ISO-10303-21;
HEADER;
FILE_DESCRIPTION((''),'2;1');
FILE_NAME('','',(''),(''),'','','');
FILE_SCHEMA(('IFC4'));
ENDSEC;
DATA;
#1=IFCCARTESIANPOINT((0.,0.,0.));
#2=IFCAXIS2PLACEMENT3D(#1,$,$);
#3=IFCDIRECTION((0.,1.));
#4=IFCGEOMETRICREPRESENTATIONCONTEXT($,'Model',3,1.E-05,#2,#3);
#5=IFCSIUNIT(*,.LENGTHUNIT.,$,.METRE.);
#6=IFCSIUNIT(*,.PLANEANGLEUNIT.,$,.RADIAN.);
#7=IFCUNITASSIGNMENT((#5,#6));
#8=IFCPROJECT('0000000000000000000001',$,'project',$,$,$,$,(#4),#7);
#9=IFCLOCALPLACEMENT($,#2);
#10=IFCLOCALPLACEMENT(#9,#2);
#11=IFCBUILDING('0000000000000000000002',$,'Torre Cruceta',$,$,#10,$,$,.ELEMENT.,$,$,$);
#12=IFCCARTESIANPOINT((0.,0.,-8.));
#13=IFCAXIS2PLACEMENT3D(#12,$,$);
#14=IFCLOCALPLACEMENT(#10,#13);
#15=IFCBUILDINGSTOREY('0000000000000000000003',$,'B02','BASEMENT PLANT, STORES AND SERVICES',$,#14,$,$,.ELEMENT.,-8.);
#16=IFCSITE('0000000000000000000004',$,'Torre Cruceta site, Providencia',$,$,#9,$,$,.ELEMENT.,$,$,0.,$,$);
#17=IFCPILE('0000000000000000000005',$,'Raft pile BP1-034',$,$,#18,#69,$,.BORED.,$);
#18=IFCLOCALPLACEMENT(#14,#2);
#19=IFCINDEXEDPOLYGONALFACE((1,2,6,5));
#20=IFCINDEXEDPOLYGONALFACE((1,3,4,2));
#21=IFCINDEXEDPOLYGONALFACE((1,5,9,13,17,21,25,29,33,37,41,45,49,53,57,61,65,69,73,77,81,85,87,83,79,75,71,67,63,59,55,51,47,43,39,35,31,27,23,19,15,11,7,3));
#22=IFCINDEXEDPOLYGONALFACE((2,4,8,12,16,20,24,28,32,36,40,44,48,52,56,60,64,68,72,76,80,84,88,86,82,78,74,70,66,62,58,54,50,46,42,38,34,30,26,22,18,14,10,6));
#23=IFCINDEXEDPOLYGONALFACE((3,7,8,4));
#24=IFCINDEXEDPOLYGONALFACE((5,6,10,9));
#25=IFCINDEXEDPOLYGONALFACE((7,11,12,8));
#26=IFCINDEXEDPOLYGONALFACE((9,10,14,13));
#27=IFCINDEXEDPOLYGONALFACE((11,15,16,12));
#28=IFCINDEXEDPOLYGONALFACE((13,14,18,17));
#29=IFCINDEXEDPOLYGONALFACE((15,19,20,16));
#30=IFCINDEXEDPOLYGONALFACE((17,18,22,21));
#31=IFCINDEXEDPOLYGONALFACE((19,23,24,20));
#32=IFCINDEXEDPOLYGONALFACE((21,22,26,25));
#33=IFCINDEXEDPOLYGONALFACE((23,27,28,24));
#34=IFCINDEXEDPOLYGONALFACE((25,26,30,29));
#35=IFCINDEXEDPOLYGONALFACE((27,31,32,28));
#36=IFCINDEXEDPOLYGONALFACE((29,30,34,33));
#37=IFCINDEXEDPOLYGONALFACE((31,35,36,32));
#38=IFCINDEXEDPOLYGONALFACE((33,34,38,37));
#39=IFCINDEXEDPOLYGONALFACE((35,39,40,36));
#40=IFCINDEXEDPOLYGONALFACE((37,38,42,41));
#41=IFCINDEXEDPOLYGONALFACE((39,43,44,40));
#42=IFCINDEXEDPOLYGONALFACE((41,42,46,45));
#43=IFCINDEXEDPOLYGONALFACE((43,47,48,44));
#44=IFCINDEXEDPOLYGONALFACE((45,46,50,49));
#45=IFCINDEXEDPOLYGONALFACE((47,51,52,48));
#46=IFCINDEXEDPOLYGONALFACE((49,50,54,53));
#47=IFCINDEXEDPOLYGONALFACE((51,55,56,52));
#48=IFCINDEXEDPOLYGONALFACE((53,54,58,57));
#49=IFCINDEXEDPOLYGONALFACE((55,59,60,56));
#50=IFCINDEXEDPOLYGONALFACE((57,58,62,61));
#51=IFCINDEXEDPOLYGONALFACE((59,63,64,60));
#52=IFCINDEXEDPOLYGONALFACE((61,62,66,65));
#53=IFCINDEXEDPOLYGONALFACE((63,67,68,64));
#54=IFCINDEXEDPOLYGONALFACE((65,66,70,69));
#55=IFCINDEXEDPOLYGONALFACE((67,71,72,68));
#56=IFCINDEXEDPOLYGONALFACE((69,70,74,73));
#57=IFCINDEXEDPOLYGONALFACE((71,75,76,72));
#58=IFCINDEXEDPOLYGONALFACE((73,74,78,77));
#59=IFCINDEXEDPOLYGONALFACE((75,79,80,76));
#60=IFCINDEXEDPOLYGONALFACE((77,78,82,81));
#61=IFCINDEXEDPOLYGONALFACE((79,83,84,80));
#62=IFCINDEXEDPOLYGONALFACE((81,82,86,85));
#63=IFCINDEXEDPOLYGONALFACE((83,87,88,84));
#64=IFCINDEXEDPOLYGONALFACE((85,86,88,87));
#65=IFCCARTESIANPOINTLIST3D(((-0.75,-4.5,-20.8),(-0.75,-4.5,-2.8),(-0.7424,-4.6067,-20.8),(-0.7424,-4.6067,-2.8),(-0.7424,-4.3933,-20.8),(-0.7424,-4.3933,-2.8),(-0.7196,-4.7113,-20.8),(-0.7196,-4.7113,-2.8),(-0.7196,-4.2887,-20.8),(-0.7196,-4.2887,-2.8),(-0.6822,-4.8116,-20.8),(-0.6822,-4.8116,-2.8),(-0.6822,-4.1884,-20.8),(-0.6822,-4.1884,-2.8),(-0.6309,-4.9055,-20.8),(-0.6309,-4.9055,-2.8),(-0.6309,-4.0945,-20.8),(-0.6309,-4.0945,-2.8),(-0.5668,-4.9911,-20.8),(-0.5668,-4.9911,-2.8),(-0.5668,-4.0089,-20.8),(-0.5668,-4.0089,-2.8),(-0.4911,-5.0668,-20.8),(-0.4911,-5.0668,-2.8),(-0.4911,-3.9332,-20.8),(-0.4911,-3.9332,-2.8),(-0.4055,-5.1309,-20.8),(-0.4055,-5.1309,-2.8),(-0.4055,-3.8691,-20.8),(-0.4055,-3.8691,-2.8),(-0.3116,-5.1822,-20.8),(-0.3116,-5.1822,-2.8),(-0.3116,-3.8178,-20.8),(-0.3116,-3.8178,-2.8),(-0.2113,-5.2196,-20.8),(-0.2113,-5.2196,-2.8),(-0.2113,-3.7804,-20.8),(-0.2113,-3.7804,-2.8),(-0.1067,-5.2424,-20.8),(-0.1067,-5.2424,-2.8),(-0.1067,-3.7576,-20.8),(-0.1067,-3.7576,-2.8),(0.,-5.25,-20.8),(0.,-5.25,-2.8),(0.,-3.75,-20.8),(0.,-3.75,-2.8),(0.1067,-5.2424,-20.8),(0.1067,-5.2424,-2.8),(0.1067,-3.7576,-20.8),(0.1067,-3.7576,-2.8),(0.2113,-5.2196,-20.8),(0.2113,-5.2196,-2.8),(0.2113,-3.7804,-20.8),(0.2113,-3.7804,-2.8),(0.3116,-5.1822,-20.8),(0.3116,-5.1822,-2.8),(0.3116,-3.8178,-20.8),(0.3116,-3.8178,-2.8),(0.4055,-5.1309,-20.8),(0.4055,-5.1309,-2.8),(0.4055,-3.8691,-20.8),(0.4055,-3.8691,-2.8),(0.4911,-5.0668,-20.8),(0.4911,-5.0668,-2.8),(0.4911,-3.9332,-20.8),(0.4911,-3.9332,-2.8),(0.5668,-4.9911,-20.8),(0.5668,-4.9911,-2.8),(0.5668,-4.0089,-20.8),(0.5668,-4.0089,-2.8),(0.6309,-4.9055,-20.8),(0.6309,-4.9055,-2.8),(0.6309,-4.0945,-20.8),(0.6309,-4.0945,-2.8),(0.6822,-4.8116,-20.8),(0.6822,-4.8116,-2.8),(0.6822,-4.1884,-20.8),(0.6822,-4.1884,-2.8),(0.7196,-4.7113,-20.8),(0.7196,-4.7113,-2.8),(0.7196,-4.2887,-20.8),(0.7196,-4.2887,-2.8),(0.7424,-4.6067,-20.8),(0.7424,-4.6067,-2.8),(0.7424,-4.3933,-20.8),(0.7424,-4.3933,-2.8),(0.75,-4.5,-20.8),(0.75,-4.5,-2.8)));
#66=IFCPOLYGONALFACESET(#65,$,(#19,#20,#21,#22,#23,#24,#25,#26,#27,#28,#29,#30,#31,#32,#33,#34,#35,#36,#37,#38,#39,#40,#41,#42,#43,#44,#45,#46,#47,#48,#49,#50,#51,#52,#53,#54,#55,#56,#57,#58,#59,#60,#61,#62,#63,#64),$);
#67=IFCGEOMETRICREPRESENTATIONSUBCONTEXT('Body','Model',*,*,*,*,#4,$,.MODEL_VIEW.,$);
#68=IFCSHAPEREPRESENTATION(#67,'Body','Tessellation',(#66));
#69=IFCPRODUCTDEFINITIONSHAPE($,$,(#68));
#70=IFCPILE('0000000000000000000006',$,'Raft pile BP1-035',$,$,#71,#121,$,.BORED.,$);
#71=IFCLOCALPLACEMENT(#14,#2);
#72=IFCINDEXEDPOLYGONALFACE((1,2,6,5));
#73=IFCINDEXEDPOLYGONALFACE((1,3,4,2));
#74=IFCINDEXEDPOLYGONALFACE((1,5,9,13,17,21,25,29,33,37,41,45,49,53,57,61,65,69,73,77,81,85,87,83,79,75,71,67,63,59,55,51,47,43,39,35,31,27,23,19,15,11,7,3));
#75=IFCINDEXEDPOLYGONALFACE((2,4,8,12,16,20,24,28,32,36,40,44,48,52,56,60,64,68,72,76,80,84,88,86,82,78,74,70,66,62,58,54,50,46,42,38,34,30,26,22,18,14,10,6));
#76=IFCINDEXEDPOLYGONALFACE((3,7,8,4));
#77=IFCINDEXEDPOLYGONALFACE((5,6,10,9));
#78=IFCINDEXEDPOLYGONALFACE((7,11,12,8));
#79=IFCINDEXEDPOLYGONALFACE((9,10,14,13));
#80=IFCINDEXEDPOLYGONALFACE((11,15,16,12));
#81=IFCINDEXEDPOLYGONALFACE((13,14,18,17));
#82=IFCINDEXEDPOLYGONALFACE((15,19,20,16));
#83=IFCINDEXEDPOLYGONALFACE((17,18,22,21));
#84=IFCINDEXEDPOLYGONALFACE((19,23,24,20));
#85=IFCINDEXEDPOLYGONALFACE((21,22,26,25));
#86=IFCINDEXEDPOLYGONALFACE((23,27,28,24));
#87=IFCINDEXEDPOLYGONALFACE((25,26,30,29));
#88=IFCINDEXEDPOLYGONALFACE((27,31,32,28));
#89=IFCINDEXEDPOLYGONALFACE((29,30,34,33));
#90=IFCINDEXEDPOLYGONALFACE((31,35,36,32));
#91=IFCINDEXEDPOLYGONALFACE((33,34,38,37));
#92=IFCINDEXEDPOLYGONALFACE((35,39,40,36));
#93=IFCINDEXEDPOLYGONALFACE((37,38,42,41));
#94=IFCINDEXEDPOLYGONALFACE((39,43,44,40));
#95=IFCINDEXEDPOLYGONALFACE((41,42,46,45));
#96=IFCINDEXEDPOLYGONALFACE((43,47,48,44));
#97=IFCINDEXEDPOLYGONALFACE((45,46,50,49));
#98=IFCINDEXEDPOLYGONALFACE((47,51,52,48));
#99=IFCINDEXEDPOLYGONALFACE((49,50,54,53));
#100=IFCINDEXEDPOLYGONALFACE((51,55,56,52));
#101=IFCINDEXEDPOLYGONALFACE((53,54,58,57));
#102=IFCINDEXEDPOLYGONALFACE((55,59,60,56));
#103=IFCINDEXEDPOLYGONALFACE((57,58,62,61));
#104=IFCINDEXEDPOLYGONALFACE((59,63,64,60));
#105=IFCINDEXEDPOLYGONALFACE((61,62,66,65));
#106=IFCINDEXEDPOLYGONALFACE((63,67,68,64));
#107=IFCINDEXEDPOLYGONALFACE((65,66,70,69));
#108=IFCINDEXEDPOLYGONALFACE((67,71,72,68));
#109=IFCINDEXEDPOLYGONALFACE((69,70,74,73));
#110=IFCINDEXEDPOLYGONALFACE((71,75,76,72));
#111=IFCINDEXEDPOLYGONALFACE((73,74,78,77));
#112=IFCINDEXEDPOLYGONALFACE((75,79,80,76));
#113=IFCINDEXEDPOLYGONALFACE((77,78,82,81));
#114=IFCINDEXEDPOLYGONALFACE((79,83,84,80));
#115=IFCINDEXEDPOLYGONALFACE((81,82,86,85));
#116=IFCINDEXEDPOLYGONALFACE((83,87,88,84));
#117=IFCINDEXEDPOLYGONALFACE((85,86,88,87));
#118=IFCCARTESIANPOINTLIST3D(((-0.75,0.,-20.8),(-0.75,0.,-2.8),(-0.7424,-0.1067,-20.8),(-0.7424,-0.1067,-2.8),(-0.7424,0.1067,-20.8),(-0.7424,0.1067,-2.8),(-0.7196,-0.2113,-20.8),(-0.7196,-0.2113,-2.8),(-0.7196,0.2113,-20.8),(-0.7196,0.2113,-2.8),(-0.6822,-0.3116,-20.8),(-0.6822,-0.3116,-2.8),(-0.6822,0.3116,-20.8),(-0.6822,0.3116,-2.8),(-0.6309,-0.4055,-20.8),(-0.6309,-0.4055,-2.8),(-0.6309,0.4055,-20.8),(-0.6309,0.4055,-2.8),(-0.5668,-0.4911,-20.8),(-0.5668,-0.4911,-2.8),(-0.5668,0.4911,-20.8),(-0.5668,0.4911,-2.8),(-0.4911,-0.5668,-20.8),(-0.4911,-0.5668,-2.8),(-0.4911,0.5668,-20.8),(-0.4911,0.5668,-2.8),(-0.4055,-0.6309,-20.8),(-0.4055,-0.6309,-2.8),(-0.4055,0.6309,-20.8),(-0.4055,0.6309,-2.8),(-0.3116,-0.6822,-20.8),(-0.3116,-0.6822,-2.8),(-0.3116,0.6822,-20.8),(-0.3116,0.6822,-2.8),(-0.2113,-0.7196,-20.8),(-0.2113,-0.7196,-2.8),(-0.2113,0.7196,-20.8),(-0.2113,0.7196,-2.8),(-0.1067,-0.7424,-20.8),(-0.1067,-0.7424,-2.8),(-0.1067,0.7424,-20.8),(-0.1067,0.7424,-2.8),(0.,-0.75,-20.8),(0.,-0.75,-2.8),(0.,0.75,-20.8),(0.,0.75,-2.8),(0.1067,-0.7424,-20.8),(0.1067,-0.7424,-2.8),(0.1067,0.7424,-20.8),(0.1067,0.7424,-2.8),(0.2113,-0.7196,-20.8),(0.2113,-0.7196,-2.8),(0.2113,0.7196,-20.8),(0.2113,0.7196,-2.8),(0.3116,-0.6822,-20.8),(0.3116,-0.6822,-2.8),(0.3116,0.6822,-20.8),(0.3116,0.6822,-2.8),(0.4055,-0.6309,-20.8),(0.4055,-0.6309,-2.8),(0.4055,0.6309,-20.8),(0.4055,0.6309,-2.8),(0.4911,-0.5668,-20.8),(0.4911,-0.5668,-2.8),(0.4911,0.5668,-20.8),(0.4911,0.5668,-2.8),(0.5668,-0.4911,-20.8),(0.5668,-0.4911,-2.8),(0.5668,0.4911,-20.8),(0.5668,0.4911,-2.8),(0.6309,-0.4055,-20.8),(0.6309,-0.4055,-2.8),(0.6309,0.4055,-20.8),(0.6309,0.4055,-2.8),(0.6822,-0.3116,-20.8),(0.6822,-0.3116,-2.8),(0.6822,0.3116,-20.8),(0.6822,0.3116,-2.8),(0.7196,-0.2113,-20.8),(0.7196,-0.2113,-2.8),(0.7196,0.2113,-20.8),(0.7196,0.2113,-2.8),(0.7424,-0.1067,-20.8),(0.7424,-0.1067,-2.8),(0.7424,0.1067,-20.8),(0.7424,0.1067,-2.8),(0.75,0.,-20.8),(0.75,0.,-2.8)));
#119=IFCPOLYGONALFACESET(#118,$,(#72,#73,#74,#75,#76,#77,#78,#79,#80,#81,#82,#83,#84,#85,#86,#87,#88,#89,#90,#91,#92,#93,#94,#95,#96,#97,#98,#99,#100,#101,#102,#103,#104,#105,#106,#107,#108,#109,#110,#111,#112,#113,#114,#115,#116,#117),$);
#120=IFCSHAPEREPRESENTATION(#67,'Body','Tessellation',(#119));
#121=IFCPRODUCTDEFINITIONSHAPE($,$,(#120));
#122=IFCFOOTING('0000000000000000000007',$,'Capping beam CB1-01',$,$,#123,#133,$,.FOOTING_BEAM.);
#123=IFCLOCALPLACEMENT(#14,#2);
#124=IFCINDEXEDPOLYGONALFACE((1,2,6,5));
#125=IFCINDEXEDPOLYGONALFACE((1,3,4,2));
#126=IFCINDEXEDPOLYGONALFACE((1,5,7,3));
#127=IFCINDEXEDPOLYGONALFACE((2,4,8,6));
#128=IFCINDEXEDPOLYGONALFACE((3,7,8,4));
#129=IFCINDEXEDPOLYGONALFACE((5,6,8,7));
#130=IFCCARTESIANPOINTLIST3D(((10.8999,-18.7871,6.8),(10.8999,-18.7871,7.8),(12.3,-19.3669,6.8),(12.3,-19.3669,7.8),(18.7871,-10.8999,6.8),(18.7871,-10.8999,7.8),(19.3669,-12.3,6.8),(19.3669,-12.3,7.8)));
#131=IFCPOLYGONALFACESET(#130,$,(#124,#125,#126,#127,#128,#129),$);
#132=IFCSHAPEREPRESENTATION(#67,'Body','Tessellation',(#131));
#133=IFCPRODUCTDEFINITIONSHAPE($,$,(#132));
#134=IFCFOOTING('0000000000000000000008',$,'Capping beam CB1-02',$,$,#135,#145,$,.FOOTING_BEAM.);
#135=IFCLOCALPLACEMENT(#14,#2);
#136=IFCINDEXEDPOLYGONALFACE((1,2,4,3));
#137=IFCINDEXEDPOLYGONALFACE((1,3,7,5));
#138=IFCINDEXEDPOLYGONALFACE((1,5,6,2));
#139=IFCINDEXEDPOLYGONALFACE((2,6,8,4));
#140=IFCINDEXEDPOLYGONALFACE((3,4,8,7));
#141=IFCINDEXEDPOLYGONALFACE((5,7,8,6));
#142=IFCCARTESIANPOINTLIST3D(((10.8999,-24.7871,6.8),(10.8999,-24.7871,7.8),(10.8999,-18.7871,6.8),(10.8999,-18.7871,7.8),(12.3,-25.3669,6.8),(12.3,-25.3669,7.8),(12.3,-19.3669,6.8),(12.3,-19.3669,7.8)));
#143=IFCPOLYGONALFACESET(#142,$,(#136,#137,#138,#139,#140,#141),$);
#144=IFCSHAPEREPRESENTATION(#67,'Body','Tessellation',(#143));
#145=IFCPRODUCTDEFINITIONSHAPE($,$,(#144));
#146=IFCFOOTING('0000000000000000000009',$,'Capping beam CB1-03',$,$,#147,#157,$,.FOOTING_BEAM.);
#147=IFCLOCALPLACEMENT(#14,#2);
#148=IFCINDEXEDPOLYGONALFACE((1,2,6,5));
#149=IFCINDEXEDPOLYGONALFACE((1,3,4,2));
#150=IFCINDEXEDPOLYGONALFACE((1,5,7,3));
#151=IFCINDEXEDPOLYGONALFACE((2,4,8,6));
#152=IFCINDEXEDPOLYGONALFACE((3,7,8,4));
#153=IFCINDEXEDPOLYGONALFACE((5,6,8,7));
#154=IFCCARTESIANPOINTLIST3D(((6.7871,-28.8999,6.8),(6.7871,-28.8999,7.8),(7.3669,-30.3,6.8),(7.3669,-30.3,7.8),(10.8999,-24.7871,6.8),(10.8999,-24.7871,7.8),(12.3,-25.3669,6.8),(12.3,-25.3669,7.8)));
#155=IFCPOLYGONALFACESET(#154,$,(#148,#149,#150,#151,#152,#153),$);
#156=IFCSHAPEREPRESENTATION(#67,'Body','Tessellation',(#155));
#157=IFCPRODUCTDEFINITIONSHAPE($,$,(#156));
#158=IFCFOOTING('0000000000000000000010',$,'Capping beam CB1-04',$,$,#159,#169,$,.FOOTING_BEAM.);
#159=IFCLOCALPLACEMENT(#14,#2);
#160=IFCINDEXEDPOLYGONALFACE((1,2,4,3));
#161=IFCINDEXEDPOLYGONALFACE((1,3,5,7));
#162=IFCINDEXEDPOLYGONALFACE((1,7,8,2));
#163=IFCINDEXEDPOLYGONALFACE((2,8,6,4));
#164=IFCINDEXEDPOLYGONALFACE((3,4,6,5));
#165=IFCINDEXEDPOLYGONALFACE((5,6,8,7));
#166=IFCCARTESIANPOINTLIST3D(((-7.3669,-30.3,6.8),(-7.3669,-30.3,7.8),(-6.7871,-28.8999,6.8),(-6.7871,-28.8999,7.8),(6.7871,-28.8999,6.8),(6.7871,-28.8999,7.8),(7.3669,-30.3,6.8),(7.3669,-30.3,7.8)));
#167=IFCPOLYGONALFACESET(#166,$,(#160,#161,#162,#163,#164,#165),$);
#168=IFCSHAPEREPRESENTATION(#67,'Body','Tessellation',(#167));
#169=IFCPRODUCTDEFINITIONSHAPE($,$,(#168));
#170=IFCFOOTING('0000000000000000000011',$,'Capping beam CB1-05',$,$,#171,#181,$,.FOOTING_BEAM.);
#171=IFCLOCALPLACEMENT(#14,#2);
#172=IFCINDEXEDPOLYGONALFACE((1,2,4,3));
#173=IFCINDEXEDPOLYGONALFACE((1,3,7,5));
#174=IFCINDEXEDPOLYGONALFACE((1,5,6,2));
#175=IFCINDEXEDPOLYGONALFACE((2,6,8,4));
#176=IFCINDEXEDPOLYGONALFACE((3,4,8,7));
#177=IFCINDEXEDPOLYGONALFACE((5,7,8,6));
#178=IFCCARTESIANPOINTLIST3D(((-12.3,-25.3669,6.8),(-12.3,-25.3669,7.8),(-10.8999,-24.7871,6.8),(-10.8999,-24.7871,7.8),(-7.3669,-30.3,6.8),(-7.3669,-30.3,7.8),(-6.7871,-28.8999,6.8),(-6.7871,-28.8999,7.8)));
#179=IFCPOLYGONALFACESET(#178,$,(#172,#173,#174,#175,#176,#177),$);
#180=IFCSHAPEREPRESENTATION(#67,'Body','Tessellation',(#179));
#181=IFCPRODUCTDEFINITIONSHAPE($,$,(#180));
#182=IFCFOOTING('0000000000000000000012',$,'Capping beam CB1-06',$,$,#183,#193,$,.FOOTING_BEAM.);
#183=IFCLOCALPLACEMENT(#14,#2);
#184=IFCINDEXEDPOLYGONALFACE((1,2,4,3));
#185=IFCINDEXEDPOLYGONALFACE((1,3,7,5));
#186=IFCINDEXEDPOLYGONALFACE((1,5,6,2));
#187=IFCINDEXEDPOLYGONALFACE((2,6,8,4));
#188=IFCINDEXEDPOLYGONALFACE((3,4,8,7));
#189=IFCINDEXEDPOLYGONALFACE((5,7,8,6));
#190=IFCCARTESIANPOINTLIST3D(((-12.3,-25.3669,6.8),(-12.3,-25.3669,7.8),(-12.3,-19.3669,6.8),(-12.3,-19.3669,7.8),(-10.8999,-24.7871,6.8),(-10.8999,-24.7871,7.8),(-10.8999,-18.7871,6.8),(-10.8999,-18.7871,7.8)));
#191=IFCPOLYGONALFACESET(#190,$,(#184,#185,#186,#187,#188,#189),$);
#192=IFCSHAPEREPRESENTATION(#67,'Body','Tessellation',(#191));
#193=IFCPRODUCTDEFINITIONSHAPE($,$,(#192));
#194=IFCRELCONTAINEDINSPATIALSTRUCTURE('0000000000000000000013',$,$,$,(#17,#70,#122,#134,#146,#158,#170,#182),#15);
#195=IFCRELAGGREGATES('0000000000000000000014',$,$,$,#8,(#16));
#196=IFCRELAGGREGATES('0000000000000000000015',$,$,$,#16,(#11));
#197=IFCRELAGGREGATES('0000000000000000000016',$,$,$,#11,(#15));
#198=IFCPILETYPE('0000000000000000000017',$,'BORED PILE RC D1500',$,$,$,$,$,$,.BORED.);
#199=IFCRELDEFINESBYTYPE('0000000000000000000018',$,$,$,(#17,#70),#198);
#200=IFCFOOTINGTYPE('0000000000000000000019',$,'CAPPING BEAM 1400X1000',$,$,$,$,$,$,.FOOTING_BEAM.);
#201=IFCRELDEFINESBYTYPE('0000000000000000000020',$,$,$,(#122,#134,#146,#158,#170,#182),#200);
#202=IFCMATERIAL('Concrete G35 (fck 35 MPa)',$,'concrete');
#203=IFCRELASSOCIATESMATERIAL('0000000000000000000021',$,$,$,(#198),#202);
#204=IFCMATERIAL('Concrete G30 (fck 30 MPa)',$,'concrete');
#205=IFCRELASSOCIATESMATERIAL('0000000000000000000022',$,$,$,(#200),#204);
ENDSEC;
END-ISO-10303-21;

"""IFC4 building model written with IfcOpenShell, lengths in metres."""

from ifc_helpers import new_model, si_unit, direction, frame, origin, origin_2d, place, context, subcontext, project, spatial, polyline, circle, outline, extrude, material, material_profile, profile_set, type_object, element, save


model = new_model("IFC4")

# Units and contexts
model_context = context("Model", 3, precision=1e-05, world=origin(), true_north=direction((0.0, 1.0)))
body_context = subcontext(model_context, "Body", "Model", "MODEL_VIEW")
ifc_project = project(units=[si_unit("LENGTHUNIT", "METRE"), si_unit("PLANEANGLEUNIT", "RADIAN")], contexts=[model_context])

# Site, building, storey
site_placement = place(None, origin())
site = spatial("IfcSite", under=ifc_project, at=site_placement, Name="Torre Cruceta site, Providencia", CompositionType="ELEMENT", RefElevation=0.0)
building_placement = place(site_placement, origin())
building = spatial("IfcBuilding", under=site, at=building_placement, Name="Torre Cruceta", CompositionType="ELEMENT")
storey_placement = place(building_placement, frame((0.0, 0.0, -8.0)))
storey = spatial("IfcBuildingStorey", under=building, at=storey_placement, Name="B02", Description="BASEMENT PLANT, STORES AND SERVICES", CompositionType="ELEMENT", Elevation=-8.0)

# Piles
ifc_material_1 = material(Name="Concrete G35 (fck 35 MPa)", Category="concrete")
ifc_material_profile_1 = material_profile(ifc_material_1, circle(Radius=0.75, at=origin_2d()), Name="RC D1500")
ifc_profile_set_1 = profile_set([ifc_material_profile_1], Name="Concrete G35 (fck 35 MPa)")
pile_type = type_object("IfcPileType", Name="BORED PILE RC D1500", PredefinedType="BORED", material=ifc_profile_set_1)
for number, where, z_axis, x_axis, name in (
    (1, (0.0, -4.5, -2.8), (0.0, 0.0, -1.0), (1.0, 0.0, 0.0), "Raft pile BP1-034"),
    (2, (0.0, 0.0, -2.8), (0.0, 0.0, -1.0), (1.0, 0.0, 0.0), "Raft pile BP1-035"),
):
    element("IfcPile", number, at=place(storey_placement, frame(where, z_axis=z_axis, x_axis=x_axis)), inside=storey, type_object=pile_type, Name=name, PredefinedType="BORED", context=body_context, shape_type="SweptSolid", body=[
        extrude(circle(Radius=0.75, at=origin_2d()), origin(), (0.0, 0.0, 1.0), 18.0),
    ])

# Footings
ifc_material_2 = material(Name="Concrete G30 (fck 30 MPa)", Category="concrete")
footing_type_1 = type_object("IfcFootingType", Name="CAPPING BEAM 1400X1000", PredefinedType="FOOTING_BEAM", material=ifc_material_2)
footing_1_placement = place(storey_placement, frame((0.0, 0.0, 6.8)))
element("IfcFooting", 3, at=footing_1_placement, inside=storey, type_object=footing_type_1, Name="Capping beam CB1-01", PredefinedType="FOOTING_BEAM", context=body_context, shape_type="SweptSolid", body=[
    extrude(outline(polyline([(18.7871, -10.8999), (10.8999, -18.7871), (12.3, -19.3669), (19.3669, -12.3), (18.7871, -10.8999)])), origin(), (0.0, 0.0, 1.0), 1.0),
])
footing_2_placement = place(storey_placement, frame((0.0, 0.0, 6.8)))
element("IfcFooting", 4, at=footing_2_placement, inside=storey, type_object=footing_type_1, Name="Capping beam CB1-02", PredefinedType="FOOTING_BEAM", context=body_context, shape_type="SweptSolid", body=[
    extrude(outline(polyline([(10.8999, -18.7871), (10.8999, -24.7871), (12.3, -25.3669), (12.3, -19.3669), (10.8999, -18.7871)])), origin(), (0.0, 0.0, 1.0), 1.0),
])
footing_3_placement = place(storey_placement, frame((0.0, 0.0, 6.8)))
element("IfcFooting", 5, at=footing_3_placement, inside=storey, type_object=footing_type_1, Name="Capping beam CB1-03", PredefinedType="FOOTING_BEAM", context=body_context, shape_type="SweptSolid", body=[
    extrude(outline(polyline([(10.8999, -24.7871), (6.7871, -28.8999), (7.3669, -30.3), (12.3, -25.3669), (10.8999, -24.7871)])), origin(), (0.0, 0.0, 1.0), 1.0),
])
footing_4_placement = place(storey_placement, frame((0.0, 0.0, 6.8)))
element("IfcFooting", 6, at=footing_4_placement, inside=storey, type_object=footing_type_1, Name="Capping beam CB1-04", PredefinedType="FOOTING_BEAM", context=body_context, shape_type="SweptSolid", body=[
    extrude(outline(polyline([(6.7871, -28.8999), (-6.7871, -28.8999), (-7.3669, -30.3), (7.3669, -30.3), (6.7871, -28.8999)])), origin(), (0.0, 0.0, 1.0), 1.0),
])
footing_5_placement = place(storey_placement, frame((0.0, 0.0, 6.8)))
element("IfcFooting", 7, at=footing_5_placement, inside=storey, type_object=footing_type_1, Name="Capping beam CB1-05", PredefinedType="FOOTING_BEAM", context=body_context, shape_type="SweptSolid", body=[
    extrude(outline(polyline([(-6.7871, -28.8999), (-10.8999, -24.7871), (-12.3, -25.3669), (-7.3669, -30.3), (-6.7871, -28.8999)])), origin(), (0.0, 0.0, 1.0), 1.0),
])
footing_6_placement = place(storey_placement, frame((0.0, 0.0, 6.8)))
element("IfcFooting", 8, at=footing_6_placement, inside=storey, type_object=footing_type_1, Name="Capping beam CB1-06", PredefinedType="FOOTING_BEAM", context=body_context, shape_type="SweptSolid", body=[
    extrude(outline(polyline([(-10.8999, -24.7871), (-10.8999, -18.7871), (-12.3, -19.3669), (-12.3, -25.3669), (-10.8999, -24.7871)])), origin(), (0.0, 0.0, 1.0), 1.0),
])

save(model, "model.ifc")
